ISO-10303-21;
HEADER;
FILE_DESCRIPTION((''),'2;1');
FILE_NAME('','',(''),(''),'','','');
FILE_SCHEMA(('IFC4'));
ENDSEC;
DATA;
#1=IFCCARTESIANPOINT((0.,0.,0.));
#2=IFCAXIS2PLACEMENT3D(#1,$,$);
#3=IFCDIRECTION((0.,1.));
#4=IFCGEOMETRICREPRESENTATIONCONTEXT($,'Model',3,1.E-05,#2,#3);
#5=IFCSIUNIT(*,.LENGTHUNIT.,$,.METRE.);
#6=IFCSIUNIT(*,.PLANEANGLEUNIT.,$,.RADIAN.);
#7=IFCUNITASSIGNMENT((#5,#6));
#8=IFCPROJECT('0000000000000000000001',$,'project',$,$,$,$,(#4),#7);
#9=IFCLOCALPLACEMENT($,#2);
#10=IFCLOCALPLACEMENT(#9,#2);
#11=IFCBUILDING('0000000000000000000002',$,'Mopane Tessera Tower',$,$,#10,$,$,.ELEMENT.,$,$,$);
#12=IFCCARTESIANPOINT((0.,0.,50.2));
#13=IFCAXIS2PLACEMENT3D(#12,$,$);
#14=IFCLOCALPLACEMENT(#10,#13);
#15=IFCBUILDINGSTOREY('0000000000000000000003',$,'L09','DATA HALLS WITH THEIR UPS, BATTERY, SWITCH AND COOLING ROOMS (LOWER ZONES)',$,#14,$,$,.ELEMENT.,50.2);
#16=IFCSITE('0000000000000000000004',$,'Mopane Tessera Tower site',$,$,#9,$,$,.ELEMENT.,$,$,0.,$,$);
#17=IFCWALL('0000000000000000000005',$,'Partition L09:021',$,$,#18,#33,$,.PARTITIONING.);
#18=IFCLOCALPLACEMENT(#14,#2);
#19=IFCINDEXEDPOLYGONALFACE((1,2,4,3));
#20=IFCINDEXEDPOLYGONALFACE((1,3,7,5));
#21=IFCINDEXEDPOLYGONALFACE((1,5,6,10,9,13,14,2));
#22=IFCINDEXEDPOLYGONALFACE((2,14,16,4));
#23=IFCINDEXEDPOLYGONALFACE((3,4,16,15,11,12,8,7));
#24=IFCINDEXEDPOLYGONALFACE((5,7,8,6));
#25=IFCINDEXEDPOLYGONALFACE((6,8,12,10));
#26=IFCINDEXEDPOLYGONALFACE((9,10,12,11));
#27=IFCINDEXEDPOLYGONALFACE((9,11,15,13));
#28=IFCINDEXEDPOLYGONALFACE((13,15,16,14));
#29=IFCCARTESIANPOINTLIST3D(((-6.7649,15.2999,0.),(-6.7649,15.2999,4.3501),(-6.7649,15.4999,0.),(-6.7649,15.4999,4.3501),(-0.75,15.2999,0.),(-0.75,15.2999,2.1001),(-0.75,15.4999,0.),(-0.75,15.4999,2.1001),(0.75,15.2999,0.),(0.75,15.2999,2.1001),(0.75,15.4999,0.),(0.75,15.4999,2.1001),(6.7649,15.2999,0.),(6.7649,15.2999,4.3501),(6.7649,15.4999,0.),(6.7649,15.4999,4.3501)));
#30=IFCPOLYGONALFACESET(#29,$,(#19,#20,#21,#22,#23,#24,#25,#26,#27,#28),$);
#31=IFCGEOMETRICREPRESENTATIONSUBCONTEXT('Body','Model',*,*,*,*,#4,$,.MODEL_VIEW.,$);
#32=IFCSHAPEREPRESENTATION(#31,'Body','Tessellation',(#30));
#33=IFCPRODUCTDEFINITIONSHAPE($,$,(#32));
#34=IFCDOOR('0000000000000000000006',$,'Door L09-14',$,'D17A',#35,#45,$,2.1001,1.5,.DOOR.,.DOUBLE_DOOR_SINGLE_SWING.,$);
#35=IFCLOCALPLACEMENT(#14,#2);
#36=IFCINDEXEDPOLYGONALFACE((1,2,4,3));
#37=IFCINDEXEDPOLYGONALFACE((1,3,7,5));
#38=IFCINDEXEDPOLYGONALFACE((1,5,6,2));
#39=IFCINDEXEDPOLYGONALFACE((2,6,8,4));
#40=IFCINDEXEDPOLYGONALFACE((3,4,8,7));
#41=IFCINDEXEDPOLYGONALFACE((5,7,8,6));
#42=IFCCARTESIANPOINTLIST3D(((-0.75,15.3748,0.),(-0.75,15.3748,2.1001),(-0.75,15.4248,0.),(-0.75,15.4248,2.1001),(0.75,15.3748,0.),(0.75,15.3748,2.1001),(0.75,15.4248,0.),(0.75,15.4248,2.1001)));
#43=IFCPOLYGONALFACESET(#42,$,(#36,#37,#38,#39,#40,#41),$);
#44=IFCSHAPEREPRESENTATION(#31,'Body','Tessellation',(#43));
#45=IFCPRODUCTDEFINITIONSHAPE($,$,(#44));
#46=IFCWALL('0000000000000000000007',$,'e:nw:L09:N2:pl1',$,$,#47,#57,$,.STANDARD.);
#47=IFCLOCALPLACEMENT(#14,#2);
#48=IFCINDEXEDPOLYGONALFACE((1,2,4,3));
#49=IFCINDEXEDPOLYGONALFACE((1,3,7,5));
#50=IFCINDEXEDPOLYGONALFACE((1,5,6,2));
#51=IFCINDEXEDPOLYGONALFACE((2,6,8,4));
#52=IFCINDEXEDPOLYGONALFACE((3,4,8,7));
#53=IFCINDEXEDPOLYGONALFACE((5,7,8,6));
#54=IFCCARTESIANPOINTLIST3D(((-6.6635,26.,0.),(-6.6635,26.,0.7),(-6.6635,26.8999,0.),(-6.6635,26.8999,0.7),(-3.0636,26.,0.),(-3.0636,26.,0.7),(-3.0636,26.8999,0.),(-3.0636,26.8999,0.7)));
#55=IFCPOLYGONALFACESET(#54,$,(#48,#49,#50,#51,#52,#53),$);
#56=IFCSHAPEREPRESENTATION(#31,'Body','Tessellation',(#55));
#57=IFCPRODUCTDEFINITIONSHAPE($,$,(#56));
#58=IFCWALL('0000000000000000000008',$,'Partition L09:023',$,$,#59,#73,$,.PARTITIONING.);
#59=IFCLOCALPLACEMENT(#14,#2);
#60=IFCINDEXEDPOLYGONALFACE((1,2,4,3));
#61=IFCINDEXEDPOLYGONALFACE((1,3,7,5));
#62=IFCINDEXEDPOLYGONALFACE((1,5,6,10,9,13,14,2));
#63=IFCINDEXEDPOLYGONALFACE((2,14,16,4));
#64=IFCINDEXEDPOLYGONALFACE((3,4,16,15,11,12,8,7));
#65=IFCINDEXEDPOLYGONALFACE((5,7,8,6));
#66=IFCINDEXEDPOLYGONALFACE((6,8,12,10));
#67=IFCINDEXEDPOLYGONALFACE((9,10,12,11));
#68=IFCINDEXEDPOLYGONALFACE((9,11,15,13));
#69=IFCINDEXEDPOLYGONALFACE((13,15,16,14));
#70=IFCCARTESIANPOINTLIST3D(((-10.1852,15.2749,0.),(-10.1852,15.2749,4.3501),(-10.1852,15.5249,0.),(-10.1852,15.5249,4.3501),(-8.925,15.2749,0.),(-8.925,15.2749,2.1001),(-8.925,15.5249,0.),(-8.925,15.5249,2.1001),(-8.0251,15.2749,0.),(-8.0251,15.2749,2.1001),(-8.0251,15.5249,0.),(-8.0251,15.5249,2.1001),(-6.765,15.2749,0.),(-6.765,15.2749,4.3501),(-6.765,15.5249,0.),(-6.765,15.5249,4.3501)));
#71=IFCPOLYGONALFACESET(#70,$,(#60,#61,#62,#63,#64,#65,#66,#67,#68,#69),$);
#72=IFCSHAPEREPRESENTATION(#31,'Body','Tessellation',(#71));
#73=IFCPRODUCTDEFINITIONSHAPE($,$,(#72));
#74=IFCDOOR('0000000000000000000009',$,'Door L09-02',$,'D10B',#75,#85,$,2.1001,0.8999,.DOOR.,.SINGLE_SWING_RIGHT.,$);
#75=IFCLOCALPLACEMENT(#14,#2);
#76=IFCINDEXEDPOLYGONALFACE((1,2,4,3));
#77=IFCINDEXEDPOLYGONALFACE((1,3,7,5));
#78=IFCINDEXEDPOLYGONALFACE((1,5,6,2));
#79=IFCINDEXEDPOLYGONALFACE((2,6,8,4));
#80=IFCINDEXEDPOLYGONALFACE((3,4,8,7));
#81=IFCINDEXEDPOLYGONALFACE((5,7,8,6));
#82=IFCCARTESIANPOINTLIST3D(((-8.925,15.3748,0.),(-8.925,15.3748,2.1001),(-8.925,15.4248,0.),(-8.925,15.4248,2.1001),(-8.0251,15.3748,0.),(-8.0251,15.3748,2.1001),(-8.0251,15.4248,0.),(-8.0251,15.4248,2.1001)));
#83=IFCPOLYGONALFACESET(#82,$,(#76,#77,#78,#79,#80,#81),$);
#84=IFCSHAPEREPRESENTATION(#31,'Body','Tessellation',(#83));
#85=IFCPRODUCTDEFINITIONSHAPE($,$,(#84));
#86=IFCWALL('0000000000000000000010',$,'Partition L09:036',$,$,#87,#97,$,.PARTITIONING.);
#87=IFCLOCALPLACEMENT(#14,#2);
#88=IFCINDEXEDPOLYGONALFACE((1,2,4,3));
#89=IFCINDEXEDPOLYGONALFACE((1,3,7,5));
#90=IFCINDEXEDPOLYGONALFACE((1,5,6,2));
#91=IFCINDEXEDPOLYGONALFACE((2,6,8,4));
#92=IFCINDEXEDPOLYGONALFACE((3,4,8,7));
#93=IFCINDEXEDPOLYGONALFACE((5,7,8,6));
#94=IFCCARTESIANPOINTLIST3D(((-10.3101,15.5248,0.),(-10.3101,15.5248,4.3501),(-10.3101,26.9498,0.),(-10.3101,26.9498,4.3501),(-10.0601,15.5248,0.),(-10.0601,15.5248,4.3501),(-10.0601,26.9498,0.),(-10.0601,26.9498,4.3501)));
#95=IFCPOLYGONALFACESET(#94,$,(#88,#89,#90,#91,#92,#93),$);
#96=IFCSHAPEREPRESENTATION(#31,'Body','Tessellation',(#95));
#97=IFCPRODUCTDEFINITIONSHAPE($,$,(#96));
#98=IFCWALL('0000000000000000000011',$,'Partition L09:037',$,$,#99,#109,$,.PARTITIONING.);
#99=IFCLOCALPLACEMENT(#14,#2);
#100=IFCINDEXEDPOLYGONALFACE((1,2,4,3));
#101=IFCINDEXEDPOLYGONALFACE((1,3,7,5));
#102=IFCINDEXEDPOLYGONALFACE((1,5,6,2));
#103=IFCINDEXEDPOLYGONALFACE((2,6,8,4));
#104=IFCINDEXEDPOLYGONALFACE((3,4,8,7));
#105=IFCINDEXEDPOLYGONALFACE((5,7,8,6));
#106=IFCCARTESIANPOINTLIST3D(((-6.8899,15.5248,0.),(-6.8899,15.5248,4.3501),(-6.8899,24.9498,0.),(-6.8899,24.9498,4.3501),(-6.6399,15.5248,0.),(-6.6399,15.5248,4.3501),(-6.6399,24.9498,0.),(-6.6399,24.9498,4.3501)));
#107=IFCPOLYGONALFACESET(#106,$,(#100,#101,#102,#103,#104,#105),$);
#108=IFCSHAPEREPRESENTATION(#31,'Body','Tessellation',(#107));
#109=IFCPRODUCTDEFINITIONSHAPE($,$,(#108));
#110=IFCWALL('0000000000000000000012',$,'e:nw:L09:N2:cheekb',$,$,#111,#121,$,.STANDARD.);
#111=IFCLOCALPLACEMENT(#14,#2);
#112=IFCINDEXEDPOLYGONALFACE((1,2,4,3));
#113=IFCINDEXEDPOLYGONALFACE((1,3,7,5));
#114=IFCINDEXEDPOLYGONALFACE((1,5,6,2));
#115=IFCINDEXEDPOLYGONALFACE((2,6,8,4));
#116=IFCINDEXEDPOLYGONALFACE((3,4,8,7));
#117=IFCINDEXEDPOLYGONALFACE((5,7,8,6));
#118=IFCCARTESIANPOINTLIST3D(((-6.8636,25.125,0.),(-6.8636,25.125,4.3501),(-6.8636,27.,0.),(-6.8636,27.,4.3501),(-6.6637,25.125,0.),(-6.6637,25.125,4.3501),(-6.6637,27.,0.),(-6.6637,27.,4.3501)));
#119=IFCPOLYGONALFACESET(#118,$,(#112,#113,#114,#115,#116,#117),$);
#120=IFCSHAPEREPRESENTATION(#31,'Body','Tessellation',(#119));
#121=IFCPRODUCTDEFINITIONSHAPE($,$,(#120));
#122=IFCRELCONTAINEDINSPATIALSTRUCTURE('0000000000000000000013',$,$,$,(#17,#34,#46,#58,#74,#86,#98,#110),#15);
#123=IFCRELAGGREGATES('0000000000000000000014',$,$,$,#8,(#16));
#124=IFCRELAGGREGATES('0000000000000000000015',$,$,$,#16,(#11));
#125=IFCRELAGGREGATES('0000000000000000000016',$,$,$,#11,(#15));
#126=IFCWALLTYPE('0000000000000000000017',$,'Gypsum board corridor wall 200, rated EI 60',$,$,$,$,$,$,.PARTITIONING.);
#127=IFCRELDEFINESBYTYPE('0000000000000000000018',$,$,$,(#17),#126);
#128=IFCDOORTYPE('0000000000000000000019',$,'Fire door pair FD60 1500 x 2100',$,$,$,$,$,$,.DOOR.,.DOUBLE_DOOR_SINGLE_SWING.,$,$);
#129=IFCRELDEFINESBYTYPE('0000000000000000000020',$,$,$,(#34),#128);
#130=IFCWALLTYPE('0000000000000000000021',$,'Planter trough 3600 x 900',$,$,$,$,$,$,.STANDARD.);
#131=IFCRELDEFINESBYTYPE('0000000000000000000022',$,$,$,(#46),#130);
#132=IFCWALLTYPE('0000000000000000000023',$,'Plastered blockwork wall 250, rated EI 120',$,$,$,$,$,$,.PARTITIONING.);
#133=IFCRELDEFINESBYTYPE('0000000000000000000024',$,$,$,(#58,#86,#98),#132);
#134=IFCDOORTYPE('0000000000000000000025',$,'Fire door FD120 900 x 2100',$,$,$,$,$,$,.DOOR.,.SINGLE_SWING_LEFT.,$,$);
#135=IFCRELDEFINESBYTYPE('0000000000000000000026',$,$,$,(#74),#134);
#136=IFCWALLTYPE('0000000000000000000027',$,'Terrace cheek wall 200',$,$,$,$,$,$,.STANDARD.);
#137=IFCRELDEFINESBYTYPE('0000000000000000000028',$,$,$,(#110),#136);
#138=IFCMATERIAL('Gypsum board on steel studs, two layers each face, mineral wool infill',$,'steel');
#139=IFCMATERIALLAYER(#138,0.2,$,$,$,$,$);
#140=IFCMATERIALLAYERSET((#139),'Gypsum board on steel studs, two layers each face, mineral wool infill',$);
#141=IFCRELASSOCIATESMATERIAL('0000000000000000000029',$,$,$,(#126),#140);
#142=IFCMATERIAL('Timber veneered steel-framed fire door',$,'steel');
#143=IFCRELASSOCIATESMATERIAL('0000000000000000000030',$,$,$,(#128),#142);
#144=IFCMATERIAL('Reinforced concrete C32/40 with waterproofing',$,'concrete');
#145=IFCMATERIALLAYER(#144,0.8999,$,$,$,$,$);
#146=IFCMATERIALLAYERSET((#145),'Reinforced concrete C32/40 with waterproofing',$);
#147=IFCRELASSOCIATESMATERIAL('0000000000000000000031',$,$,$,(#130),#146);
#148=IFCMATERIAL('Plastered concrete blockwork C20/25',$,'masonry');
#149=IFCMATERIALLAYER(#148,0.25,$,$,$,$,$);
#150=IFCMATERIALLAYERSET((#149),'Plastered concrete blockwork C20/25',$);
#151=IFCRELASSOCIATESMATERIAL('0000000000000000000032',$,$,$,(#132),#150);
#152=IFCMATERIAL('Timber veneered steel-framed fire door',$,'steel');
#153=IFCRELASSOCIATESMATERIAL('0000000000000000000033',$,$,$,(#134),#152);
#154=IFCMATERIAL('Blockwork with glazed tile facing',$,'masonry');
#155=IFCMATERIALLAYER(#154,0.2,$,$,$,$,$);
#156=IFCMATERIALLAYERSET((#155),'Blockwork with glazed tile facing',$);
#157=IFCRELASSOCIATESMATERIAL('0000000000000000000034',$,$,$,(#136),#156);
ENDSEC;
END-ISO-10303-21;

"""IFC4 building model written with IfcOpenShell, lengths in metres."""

from ifc_helpers import new_model, si_unit, direction, frame, frame_2d, origin, place, context, subcontext, project, spatial, rectangle, extrude, material, layer, layer_set, type_object, element, fill, save


model = new_model("IFC4")

# Units and contexts
model_context = context("Model", 3, precision=1e-05, world=origin(), true_north=direction((0.0, 1.0)))
body_context = subcontext(model_context, "Body", "Model", "MODEL_VIEW")
ifc_project = project(units=[si_unit("LENGTHUNIT", "METRE"), si_unit("PLANEANGLEUNIT", "RADIAN")], contexts=[model_context])

# Site, building, storey
site_placement = place(None, origin())
site = spatial("IfcSite", under=ifc_project, at=site_placement, Name="Mopane Tessera Tower site", CompositionType="ELEMENT", RefElevation=0.0)
building_placement = place(site_placement, origin())
building = spatial("IfcBuilding", under=site, at=building_placement, Name="Mopane Tessera Tower", CompositionType="ELEMENT")
storey_placement = place(building_placement, frame((0.0, 0.0, 50.2)))
storey = spatial("IfcBuildingStorey", under=building, at=storey_placement, Name="L09", Description="DATA HALLS WITH THEIR UPS, BATTERY, SWITCH AND COOLING ROOMS (LOWER ZONES)", CompositionType="ELEMENT", Elevation=50.2)

# Wall, opening, door
ifc_material_1 = material(Name="Gypsum board on steel studs, two layers each face, mineral wool infill", Category="steel")
ifc_layer_1 = layer(ifc_material_1, 0.2)
ifc_layer_set_1 = layer_set([ifc_layer_1], Name="Gypsum board on steel studs, two layers each face, mineral wool infill")
wall_type_1 = type_object("IfcWallType", Name="Gypsum board corridor wall 200, rated EI 60", PredefinedType="PARTITIONING", material=ifc_layer_set_1)
wall_1_placement = place(storey_placement, frame((-6.7649, 15.3999, 0.0), z_axis=(0.0, 0.0, 1.0), x_axis=(1.0, 0.0, 0.0)))
wall_1 = element("IfcWall", 1, at=wall_1_placement, inside=storey, type_object=wall_type_1, Name="Partition L09:021", PredefinedType="PARTITIONING", context=body_context, shape_type="SweptSolid", body=[
    extrude(rectangle(XDim=13.5298, YDim=0.2, at=frame_2d((6.7649, 0.0))), origin(), (0.0, 0.0, 1.0), 4.3501),
])
opening_1_placement = place(wall_1_placement, frame((6.0149, 0.0, 0.0)))
opening_1 = element("IfcOpeningElement", 2, at=opening_1_placement, cuts=wall_1, PredefinedType="OPENING", context=body_context, shape_type="SweptSolid", body=[
    extrude(rectangle(XDim=1.5, YDim=2.1001, at=frame_2d((0.75, 1.05))), frame((0.0, 0.1121, 0.0), z_axis=(0.0, -1.0, 0.0), x_axis=(1.0, 0.0, 0.0)), (0.0, 0.0, 1.0), 0.2239),
])
ifc_material_2 = material(Name="Timber veneered steel-framed fire door", Category="steel")
door_type_1 = type_object("IfcDoorType", Name="Fire door pair FD60 1500 x 2100", OperationType="DOUBLE_DOOR_SINGLE_SWING", PredefinedType="DOOR", material=ifc_material_2)
door_1_placement = place(opening_1_placement, origin())
door_1 = element("IfcDoor", 3, at=door_1_placement, inside=storey, type_object=door_type_1, Name="Door L09-14", ObjectType="D17A", OperationType="DOUBLE_DOOR_SINGLE_SWING", OverallHeight=2.1001, OverallWidth=1.5, PredefinedType="DOOR", context=body_context, shape_type="SweptSolid", body=[
    extrude(rectangle(XDim=1.5, YDim=2.1001, at=frame_2d((0.75, 1.05))), frame((0.0, 0.0249, 0.0), z_axis=(0.0, -1.0, 0.0), x_axis=(1.0, 0.0, 0.0)), (0.0, 0.0, 1.0), 0.05),
])
fill(opening_1, door_1)

# Wall
ifc_material_3 = material(Name="Reinforced concrete C32/40 with waterproofing", Category="concrete")
ifc_layer_2 = layer(ifc_material_3, 0.8999)
ifc_layer_set_2 = layer_set([ifc_layer_2], Name="Reinforced concrete C32/40 with waterproofing")
wall_type_2 = type_object("IfcWallType", Name="Planter trough 3600 x 900", PredefinedType="STANDARD", material=ifc_layer_set_2)
wall_2_placement = place(storey_placement, frame((-3.0637, 26.45, 0.0), z_axis=(0.0, 0.0, 1.0), x_axis=(-1.0, 0.0, 0.0)))
element("IfcWall", 4, at=wall_2_placement, inside=storey, type_object=wall_type_2, Name="e:nw:L09:N2:pl1", PredefinedType="STANDARD", context=body_context, shape_type="SweptSolid", body=[
    extrude(rectangle(XDim=3.5999, YDim=0.8999, at=frame_2d((1.7998, 0.0))), origin(), (0.0, 0.0, 1.0), 0.7),
])

# Wall, opening, door
ifc_material_4 = material(Name="Plastered concrete blockwork C20/25", Category="masonry")
ifc_layer_3 = layer(ifc_material_4, 0.25)
ifc_layer_set_3 = layer_set([ifc_layer_3], Name="Plastered concrete blockwork C20/25")
wall_type_3 = type_object("IfcWallType", Name="Plastered blockwork wall 250, rated EI 120", PredefinedType="PARTITIONING", material=ifc_layer_set_3)
wall_3_placement = place(storey_placement, frame((-10.1851, 15.3999, 0.0), z_axis=(0.0, 0.0, 1.0), x_axis=(1.0, 0.0, 0.0)))
wall_3 = element("IfcWall", 5, at=wall_3_placement, inside=storey, type_object=wall_type_3, Name="Partition L09:023", PredefinedType="PARTITIONING", context=body_context, shape_type="SweptSolid", body=[
    extrude(rectangle(XDim=3.4202, YDim=0.25, at=frame_2d((1.71, 0.0))), origin(), (0.0, 0.0, 1.0), 4.3501),
])
opening_2_placement = place(wall_3_placement, frame((1.26, 0.0, 0.0)))
opening_2 = element("IfcOpeningElement", 6, at=opening_2_placement, cuts=wall_3, PredefinedType="OPENING", context=body_context, shape_type="SweptSolid", body=[
    extrude(rectangle(XDim=0.8999, YDim=2.1001, at=frame_2d((0.45, 1.05))), frame((0.0, 0.137, 0.0), z_axis=(0.0, -1.0, 0.0), x_axis=(1.0, 0.0, 0.0)), (0.0, 0.0, 1.0), 0.2739),
])
ifc_material_5 = material(Name="Timber veneered steel-framed fire door", Category="steel")
door_type_2 = type_object("IfcDoorType", Name="Fire door FD120 900 x 2100", OperationType="SINGLE_SWING_LEFT", PredefinedType="DOOR", material=ifc_material_5)
door_2_placement = place(opening_2_placement, origin())
door_2 = element("IfcDoor", 7, at=door_2_placement, inside=storey, type_object=door_type_2, Name="Door L09-02", ObjectType="D10B", OperationType="SINGLE_SWING_RIGHT", OverallHeight=2.1001, OverallWidth=0.8999, PredefinedType="DOOR", context=body_context, shape_type="SweptSolid", body=[
    extrude(rectangle(XDim=0.8999, YDim=2.1001, at=frame_2d((0.45, 1.05))), frame((0.0, 0.0249, 0.0), z_axis=(0.0, -1.0, 0.0), x_axis=(1.0, 0.0, 0.0)), (0.0, 0.0, 1.0), 0.05),
])
fill(opening_2, door_2)

# Walls
wall_4_placement = place(storey_placement, frame((-10.1851, 15.5249, 0.0), z_axis=(0.0, 0.0, 1.0), x_axis=(0.0, 1.0, 0.0)))
element("IfcWall", 8, at=wall_4_placement, inside=storey, type_object=wall_type_3, Name="Partition L09:036", PredefinedType="PARTITIONING", context=body_context, shape_type="SweptSolid", body=[
    extrude(rectangle(XDim=11.425, YDim=0.25, at=frame_2d((5.7124, 0.0))), origin(), (0.0, 0.0, 1.0), 4.3501),
])
wall_5_placement = place(storey_placement, frame((-6.7649, 15.5249, 0.0), z_axis=(0.0, 0.0, 1.0), x_axis=(0.0, 1.0, 0.0)))
element("IfcWall", 9, at=wall_5_placement, inside=storey, type_object=wall_type_3, Name="Partition L09:037", PredefinedType="PARTITIONING", context=body_context, shape_type="SweptSolid", body=[
    extrude(rectangle(XDim=9.425, YDim=0.25, at=frame_2d((4.7124, 0.0))), origin(), (0.0, 0.0, 1.0), 4.3501),
])
ifc_material_6 = material(Name="Blockwork with glazed tile facing", Category="masonry")
ifc_layer_4 = layer(ifc_material_6, 0.2)
ifc_layer_set_4 = layer_set([ifc_layer_4], Name="Blockwork with glazed tile facing")
wall_type_4 = type_object("IfcWallType", Name="Terrace cheek wall 200", PredefinedType="STANDARD", material=ifc_layer_set_4)
wall_6_placement = place(storey_placement, frame((-6.7637, 27.0, 0.0), z_axis=(0.0, 0.0, 1.0), x_axis=(0.0, -1.0, 0.0)))
element("IfcWall", 10, at=wall_6_placement, inside=storey, type_object=wall_type_4, Name="e:nw:L09:N2:cheekb", PredefinedType="STANDARD", context=body_context, shape_type="SweptSolid", body=[
    extrude(rectangle(XDim=1.875, YDim=0.2, at=frame_2d((0.9375, 0.0))), origin(), (0.0, 0.0, 1.0), 4.3501),
])

save(model, "model.ifc")
